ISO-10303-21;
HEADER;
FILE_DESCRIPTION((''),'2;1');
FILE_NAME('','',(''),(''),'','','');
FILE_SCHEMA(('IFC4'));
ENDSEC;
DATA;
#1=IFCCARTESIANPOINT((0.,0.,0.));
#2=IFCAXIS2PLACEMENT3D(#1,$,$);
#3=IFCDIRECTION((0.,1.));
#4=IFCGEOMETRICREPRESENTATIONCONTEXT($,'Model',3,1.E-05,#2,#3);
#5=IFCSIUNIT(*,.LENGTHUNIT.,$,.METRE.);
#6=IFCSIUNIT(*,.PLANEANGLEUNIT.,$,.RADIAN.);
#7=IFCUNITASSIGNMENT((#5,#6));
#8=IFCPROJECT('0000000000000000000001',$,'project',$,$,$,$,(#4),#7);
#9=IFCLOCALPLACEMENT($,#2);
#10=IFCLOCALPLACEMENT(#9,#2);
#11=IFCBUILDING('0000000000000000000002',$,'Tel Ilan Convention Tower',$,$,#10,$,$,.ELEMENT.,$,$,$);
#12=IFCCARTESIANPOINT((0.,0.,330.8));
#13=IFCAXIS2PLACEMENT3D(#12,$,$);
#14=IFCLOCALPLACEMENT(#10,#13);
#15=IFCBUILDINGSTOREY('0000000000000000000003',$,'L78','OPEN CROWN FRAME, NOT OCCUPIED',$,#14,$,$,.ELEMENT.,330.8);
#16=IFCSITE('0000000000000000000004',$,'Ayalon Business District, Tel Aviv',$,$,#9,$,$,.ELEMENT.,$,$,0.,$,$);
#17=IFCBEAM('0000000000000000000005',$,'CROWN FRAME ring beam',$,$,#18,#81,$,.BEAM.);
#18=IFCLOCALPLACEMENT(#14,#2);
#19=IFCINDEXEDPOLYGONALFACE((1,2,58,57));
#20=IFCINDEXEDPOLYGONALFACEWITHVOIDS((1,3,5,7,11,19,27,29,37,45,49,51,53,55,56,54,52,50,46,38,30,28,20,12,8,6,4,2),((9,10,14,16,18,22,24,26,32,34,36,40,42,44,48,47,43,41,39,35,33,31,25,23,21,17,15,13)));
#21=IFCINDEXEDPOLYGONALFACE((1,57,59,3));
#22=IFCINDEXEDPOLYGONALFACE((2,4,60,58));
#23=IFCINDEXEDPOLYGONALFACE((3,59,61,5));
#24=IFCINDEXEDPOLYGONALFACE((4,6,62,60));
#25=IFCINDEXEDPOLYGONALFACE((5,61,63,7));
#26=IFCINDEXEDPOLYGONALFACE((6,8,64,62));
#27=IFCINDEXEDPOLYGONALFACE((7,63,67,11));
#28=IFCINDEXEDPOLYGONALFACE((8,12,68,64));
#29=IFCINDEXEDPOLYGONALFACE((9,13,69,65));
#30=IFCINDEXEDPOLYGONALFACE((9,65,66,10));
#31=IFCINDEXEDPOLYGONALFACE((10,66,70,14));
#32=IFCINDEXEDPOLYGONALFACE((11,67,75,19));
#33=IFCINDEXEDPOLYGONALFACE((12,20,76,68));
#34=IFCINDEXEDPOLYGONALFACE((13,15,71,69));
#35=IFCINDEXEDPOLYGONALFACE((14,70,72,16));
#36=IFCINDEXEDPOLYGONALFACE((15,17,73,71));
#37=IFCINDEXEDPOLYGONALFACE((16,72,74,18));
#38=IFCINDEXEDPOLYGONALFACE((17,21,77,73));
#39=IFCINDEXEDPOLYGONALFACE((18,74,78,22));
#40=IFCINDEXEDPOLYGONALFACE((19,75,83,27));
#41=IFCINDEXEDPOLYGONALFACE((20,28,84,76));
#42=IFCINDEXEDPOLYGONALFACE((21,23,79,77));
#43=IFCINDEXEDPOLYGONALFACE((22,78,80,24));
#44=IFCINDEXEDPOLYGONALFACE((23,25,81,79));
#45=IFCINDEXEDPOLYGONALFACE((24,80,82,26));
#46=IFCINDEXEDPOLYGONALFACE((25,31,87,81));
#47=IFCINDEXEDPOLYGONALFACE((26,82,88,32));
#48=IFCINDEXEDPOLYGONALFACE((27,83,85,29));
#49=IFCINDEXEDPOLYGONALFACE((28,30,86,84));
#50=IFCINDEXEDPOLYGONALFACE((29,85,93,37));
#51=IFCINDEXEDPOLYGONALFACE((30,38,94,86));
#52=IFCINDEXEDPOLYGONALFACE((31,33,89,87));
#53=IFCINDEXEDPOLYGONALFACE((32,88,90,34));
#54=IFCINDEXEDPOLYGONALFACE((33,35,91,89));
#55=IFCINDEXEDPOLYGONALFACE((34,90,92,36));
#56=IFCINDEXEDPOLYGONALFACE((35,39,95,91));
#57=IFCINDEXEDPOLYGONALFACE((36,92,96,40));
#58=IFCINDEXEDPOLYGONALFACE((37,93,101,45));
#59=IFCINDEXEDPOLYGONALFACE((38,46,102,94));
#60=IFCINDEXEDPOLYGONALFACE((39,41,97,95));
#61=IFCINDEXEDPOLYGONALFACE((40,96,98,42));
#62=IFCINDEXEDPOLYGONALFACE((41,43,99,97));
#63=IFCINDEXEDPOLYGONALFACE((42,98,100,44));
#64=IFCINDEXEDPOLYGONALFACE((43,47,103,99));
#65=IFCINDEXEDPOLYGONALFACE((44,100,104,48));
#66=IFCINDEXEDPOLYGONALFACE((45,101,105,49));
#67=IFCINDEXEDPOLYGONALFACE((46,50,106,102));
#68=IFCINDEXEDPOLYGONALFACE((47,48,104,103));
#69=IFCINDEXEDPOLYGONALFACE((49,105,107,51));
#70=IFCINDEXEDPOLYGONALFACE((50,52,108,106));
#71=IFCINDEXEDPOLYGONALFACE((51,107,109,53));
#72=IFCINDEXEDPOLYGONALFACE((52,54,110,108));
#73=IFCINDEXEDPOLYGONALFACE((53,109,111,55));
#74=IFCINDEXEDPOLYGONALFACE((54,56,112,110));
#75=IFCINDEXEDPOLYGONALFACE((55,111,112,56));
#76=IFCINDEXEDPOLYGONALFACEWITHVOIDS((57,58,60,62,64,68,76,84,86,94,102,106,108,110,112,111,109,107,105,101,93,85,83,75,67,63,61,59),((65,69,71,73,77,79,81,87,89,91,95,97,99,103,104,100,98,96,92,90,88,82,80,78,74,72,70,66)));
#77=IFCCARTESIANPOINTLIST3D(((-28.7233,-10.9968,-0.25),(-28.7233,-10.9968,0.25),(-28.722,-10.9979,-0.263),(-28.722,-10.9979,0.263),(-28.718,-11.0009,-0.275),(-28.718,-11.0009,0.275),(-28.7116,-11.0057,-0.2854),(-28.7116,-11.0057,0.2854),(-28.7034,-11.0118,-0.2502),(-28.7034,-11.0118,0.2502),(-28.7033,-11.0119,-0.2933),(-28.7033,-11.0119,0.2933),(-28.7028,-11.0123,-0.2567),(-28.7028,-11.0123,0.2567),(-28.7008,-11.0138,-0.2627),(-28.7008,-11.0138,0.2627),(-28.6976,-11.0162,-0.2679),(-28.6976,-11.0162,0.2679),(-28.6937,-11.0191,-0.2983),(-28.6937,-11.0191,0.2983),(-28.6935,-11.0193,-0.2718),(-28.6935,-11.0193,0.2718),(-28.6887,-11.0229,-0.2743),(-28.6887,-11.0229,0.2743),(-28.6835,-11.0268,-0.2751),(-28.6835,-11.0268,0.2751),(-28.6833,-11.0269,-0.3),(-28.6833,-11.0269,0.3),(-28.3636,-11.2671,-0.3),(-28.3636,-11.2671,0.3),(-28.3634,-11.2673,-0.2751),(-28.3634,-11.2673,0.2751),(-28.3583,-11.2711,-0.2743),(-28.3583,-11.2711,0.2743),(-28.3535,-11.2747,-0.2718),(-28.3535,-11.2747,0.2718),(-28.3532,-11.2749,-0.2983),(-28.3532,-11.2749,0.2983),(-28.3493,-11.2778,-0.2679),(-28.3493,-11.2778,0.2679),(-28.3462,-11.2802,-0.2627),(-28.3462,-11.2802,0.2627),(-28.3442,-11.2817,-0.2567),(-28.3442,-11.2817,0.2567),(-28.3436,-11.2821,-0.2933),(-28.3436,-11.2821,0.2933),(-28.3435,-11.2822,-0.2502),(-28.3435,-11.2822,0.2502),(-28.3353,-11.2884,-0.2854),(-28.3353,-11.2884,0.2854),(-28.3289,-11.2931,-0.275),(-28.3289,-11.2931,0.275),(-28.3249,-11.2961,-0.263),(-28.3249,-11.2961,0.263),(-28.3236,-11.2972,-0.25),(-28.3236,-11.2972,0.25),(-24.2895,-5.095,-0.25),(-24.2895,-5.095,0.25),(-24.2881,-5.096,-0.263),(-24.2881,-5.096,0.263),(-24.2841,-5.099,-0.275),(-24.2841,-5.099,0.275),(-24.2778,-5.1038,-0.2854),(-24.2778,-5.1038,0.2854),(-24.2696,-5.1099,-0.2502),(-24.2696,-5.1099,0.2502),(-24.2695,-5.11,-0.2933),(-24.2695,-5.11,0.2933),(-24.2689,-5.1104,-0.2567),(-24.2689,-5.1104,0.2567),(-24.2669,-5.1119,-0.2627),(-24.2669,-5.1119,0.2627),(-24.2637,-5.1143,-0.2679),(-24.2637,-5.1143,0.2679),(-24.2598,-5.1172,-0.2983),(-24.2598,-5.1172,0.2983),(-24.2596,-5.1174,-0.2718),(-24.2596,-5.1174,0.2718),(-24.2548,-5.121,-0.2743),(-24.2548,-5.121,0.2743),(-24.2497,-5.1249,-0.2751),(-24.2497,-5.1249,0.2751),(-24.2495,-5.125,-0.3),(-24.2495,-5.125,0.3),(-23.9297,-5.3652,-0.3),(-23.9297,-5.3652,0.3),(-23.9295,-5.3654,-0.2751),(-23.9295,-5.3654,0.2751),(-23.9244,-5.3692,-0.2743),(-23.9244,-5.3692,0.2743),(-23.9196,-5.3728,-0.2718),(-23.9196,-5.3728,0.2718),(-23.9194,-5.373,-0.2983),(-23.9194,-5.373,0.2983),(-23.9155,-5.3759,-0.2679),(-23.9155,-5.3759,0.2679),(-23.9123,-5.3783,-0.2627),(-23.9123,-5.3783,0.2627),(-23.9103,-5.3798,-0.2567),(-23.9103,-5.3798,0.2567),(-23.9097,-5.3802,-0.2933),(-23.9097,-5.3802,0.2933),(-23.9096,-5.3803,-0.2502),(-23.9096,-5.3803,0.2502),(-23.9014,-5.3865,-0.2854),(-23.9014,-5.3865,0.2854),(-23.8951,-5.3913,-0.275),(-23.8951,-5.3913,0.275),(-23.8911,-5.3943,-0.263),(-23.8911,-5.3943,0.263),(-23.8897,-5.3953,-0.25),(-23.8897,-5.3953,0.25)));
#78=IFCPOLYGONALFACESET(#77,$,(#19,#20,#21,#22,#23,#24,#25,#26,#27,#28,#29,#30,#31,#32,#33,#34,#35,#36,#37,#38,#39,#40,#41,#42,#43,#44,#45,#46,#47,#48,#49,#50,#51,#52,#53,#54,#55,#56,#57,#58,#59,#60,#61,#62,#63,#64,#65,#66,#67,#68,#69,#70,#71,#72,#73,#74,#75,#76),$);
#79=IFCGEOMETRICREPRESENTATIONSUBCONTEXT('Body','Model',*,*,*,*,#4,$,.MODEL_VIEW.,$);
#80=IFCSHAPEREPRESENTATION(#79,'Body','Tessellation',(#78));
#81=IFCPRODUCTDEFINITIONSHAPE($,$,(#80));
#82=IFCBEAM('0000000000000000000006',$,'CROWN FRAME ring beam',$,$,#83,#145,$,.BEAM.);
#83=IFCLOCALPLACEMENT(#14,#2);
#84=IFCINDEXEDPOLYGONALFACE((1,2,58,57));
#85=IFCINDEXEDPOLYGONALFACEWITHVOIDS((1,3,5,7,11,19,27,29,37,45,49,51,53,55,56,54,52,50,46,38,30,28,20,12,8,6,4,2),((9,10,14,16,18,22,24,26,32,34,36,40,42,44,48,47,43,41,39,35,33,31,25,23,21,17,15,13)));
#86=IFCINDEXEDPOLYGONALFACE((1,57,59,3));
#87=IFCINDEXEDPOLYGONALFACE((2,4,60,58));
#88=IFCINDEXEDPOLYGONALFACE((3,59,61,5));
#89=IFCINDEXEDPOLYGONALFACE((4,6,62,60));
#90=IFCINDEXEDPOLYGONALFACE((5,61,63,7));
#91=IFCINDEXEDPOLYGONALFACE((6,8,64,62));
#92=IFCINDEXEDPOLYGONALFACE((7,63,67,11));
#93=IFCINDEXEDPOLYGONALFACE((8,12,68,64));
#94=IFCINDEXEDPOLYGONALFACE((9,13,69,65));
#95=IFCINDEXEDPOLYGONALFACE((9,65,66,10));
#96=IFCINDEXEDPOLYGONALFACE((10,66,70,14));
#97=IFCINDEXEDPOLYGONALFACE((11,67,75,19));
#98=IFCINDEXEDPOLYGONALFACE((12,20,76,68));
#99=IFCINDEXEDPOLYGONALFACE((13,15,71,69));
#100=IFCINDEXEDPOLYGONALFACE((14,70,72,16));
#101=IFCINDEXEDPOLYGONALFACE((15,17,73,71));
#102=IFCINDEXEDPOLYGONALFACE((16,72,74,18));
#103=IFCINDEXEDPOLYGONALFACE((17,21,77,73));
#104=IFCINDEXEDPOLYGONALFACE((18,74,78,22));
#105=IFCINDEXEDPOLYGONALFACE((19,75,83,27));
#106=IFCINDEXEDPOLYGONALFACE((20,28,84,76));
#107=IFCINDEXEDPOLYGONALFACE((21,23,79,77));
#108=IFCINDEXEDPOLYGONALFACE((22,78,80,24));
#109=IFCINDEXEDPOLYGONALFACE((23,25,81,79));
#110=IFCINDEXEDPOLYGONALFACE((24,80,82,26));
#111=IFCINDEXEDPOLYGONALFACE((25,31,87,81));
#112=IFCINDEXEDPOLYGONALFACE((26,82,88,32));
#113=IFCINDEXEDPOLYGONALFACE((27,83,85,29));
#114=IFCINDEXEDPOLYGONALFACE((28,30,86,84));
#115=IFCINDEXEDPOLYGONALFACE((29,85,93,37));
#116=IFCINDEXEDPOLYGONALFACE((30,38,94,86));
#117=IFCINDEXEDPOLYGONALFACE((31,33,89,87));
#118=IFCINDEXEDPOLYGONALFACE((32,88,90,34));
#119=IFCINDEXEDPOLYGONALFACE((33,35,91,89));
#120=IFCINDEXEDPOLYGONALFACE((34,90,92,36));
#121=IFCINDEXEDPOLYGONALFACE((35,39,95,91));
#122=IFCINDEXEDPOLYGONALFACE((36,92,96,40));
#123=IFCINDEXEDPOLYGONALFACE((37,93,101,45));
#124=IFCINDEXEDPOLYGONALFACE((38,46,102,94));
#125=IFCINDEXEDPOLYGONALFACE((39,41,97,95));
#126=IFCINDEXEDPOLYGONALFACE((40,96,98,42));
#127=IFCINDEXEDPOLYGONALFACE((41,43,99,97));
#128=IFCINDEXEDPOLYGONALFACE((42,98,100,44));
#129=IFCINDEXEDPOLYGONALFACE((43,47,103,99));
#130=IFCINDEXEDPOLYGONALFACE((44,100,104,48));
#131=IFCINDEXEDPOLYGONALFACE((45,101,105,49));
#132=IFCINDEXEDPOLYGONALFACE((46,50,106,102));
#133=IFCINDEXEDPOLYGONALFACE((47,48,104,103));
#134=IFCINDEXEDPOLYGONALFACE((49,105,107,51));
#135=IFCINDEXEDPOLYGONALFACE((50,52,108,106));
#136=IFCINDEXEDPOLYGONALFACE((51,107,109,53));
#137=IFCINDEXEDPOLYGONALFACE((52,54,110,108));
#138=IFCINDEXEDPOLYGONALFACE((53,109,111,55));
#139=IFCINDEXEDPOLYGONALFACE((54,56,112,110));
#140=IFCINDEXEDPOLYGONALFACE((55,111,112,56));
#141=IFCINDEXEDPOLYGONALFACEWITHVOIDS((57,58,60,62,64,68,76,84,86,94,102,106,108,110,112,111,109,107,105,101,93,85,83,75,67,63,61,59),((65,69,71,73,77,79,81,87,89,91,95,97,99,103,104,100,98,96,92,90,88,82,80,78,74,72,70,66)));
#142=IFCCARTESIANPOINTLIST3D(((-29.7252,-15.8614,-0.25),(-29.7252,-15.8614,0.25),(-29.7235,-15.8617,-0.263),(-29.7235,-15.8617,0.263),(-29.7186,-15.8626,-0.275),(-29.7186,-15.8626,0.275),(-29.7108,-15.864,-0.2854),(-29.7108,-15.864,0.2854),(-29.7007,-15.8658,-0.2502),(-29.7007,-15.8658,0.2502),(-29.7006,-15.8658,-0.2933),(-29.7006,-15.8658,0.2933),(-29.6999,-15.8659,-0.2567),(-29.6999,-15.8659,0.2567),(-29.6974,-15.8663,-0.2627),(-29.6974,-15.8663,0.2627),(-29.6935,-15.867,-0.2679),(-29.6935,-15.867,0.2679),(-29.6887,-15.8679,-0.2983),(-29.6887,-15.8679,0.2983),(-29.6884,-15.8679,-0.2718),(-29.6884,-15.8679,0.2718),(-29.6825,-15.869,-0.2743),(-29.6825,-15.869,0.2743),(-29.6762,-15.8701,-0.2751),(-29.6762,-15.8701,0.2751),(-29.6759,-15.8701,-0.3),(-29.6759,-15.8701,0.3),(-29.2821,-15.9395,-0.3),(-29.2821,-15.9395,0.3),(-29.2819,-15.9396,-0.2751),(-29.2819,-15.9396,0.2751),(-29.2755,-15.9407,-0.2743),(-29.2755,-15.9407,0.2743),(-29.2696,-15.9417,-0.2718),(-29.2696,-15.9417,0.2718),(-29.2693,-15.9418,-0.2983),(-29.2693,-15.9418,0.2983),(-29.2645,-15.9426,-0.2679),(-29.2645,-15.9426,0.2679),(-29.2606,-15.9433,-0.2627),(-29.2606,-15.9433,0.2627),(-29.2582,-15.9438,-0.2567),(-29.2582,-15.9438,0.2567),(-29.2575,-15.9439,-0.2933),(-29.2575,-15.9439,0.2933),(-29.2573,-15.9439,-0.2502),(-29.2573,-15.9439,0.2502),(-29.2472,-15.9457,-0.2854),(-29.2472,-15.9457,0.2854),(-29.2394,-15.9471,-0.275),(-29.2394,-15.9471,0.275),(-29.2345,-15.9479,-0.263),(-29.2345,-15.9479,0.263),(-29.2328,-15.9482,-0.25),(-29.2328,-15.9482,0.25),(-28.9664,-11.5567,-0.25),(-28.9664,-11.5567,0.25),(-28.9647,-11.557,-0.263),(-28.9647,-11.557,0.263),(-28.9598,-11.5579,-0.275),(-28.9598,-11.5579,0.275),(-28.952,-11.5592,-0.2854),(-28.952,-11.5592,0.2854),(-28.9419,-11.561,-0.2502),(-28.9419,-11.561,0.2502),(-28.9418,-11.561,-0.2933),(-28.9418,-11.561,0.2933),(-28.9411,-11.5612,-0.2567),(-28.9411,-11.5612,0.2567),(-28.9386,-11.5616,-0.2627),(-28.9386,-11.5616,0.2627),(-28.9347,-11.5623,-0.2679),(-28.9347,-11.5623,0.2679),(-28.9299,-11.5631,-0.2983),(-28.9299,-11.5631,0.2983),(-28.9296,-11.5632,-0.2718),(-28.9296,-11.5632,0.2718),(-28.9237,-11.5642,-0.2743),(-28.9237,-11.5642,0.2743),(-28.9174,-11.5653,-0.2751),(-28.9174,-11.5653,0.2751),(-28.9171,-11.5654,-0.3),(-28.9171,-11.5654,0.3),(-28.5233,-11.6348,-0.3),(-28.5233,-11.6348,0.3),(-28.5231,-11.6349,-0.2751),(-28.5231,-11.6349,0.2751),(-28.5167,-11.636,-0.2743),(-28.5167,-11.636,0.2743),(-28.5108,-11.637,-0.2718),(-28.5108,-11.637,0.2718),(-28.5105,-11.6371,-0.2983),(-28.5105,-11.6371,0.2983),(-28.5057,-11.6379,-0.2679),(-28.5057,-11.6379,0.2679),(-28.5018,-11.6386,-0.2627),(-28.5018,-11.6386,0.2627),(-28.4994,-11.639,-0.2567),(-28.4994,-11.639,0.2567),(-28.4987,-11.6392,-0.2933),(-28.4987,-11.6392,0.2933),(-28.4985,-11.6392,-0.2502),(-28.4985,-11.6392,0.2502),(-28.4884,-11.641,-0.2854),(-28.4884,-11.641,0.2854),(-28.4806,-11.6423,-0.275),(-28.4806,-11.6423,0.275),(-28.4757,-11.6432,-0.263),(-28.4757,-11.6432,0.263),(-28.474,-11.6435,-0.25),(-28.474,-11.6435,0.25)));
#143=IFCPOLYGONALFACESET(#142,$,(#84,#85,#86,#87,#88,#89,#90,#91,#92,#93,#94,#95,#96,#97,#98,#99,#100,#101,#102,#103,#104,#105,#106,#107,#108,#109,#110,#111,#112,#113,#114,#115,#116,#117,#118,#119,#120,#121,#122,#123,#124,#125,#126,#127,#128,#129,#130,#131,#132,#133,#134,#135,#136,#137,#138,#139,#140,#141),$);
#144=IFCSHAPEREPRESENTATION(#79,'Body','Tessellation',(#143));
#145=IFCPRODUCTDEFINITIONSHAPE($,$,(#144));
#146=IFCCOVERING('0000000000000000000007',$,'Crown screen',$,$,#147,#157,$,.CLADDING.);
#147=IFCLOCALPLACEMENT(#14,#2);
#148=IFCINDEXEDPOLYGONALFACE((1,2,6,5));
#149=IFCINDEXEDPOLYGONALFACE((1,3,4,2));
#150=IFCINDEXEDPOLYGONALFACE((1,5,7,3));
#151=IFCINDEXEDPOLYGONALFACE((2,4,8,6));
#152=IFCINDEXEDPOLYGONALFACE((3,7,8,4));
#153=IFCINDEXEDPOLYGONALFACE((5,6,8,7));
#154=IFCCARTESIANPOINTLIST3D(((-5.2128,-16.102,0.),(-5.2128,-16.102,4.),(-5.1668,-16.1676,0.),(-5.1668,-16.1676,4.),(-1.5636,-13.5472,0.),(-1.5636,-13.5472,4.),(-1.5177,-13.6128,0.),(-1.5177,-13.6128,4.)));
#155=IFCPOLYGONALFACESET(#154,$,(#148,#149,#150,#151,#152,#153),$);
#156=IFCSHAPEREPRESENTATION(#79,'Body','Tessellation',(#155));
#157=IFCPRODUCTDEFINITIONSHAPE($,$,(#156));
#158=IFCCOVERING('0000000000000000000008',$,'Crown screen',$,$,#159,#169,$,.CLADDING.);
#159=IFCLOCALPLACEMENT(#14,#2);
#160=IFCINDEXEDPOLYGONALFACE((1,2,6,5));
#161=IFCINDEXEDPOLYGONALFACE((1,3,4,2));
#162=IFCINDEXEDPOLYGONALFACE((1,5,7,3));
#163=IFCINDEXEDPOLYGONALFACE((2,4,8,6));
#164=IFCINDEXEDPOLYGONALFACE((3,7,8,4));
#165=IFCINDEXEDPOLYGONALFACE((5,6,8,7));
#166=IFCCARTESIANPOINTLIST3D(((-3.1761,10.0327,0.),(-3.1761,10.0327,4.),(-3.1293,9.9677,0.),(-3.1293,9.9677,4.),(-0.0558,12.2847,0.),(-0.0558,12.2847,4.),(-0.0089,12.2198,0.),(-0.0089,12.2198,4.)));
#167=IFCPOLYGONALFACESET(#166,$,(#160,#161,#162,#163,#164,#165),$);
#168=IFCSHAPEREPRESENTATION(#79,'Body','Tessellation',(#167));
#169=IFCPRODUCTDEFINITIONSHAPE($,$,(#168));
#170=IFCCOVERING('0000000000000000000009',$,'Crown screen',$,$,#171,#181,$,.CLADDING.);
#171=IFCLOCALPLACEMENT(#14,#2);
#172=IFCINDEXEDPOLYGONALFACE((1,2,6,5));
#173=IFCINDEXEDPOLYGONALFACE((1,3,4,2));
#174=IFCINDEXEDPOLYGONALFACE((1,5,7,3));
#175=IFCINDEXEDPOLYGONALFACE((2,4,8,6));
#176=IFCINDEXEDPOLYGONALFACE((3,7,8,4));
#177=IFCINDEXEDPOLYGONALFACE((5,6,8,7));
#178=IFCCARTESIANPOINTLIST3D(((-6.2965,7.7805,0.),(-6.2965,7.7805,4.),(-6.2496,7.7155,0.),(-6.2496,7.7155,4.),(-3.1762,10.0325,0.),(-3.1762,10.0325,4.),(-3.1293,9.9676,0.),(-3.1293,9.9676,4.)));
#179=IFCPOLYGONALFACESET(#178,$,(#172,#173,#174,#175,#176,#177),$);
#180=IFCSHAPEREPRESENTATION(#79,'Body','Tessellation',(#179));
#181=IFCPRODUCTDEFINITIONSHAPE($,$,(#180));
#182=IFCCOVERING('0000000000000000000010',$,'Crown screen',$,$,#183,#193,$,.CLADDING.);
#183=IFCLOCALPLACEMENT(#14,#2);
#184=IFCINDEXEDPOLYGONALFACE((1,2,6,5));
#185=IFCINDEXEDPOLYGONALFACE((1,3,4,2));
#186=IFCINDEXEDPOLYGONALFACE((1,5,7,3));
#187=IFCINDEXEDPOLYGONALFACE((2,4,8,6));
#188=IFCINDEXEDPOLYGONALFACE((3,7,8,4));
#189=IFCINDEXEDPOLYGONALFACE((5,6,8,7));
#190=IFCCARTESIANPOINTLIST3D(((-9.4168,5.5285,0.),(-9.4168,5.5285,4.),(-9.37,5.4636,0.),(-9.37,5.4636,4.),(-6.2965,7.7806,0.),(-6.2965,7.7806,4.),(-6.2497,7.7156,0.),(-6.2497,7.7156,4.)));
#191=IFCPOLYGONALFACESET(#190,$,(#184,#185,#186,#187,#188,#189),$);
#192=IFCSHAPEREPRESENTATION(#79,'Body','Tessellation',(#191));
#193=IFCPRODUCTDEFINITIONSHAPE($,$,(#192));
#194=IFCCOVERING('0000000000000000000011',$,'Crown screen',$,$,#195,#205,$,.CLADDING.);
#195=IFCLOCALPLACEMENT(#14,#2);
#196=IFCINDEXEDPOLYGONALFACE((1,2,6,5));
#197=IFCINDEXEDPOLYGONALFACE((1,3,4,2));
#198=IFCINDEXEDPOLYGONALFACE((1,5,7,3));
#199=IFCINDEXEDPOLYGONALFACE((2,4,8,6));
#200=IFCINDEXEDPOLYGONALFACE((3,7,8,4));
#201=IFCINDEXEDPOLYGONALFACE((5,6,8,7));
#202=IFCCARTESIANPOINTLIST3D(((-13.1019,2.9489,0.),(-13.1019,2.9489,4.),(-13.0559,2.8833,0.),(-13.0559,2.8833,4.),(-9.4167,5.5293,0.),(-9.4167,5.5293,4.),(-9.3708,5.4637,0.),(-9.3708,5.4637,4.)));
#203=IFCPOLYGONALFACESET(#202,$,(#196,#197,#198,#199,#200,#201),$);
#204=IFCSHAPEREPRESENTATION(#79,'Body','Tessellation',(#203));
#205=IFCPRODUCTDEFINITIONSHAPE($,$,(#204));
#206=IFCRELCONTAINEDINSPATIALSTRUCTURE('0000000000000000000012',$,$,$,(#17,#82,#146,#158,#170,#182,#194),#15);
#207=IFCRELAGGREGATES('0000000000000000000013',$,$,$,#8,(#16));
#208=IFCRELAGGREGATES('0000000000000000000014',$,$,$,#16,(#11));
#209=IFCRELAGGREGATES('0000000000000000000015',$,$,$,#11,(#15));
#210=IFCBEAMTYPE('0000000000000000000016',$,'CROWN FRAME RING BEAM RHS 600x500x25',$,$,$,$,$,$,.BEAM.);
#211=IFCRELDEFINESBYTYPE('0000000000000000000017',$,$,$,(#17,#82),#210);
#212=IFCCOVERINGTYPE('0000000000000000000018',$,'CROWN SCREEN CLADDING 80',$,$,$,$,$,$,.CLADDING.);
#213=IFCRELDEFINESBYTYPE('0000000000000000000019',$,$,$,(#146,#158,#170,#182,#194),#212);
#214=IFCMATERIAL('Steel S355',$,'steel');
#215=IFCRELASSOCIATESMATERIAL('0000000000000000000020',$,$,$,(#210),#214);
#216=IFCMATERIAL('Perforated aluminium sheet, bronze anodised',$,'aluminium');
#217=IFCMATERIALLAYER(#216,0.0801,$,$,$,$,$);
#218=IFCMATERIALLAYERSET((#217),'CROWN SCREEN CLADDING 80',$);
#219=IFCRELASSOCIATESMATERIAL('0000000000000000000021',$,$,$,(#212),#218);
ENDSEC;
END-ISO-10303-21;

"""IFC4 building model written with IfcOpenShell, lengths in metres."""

from ifc_helpers import new_model, si_unit, direction, frame, origin, origin_2d, place, context, subcontext, project, spatial, rectangle, hollow_rectangle, extrude, material, layer, layer_set, material_profile, profile_set, type_object, element, save


model = new_model("IFC4")

# Units and contexts
model_context = context("Model", 3, precision=1e-05, world=origin(), true_north=direction((0.0, 1.0)))
body_context = subcontext(model_context, "Body", "Model", "MODEL_VIEW")
ifc_project = project(units=[si_unit("LENGTHUNIT", "METRE"), si_unit("PLANEANGLEUNIT", "RADIAN")], contexts=[model_context])

# Site, building, storey
site_placement = place(None, origin())
site = spatial("IfcSite", under=ifc_project, at=site_placement, Name="Ayalon Business District, Tel Aviv", CompositionType="ELEMENT", RefElevation=0.0)
building_placement = place(site_placement, origin())
building = spatial("IfcBuilding", under=site, at=building_placement, Name="Tel Ilan Convention Tower", CompositionType="ELEMENT")
storey_placement = place(building_placement, frame((0.0, 0.0, 330.8)))
storey = spatial("IfcBuildingStorey", under=building, at=storey_placement, Name="L78", Description="OPEN CROWN FRAME, NOT OCCUPIED", CompositionType="ELEMENT", Elevation=330.8)

# Beams
ifc_material_1 = material(Name="Steel S355", Category="steel")
ifc_material_profile_1 = material_profile(ifc_material_1, hollow_rectangle(XDim=0.5, YDim=0.6001, WallThickness=0.0249, InnerFilletRadius=0.0249, OuterFilletRadius=0.05, at=origin_2d()), Name="RHS 600x500x25")
ifc_profile_set_1 = profile_set([ifc_material_profile_1], Name="Steel S355")
beam_type = type_object("IfcBeamType", Name="CROWN FRAME RING BEAM RHS 600x500x25", PredefinedType="BEAM", material=ifc_profile_set_1)
beam_1_placement = place(storey_placement, frame((-24.0896, -5.2451, 0.0), z_axis=(-0.600645, -0.799516, 0.0), x_axis=(0.799516, -0.600645, 0.0)))
element("IfcBeam", 1, at=beam_1_placement, inside=storey, type_object=beam_type, Name="CROWN FRAME ring beam", PredefinedType="BEAM", context=body_context, shape_type="SweptSolid", body=[
    extrude(hollow_rectangle(XDim=0.5, YDim=0.6001, WallThickness=0.0249, InnerFilletRadius=0.0249, OuterFilletRadius=0.05, at=origin_2d()), origin(), (0.0, 0.0, 1.0), 7.3818),
])
beam_2_placement = place(storey_placement, frame((-28.7202, -11.6001, 0.0), z_axis=(-0.173594, -0.984817, 0.0), x_axis=(0.984817, -0.173594, 0.0)))
element("IfcBeam", 2, at=beam_2_placement, inside=storey, type_object=beam_type, Name="CROWN FRAME ring beam", PredefinedType="BEAM", context=body_context, shape_type="SweptSolid", body=[
    extrude(hollow_rectangle(XDim=0.5, YDim=0.6001, WallThickness=0.0249, InnerFilletRadius=0.0249, OuterFilletRadius=0.05, at=origin_2d()), origin(), (0.0, 0.0, 1.0), 4.3711),
])

# Coverings
ifc_material_2 = material(Name="Perforated aluminium sheet, bronze anodised", Category="aluminium")
ifc_layer = layer(ifc_material_2, 0.0801)
ifc_layer_set = layer_set([ifc_layer], Name="CROWN SCREEN CLADDING 80")
covering_type = type_object("IfcCoveringType", Name="CROWN SCREEN CLADDING 80", PredefinedType="CLADDING", material=ifc_layer_set)
covering_placement = place(storey_placement, frame((-3.3652, -14.8574, 0.0), z_axis=(0.0, 0.0, 1.0), x_axis=(0.819185, 0.573529, 0.0)))
element("IfcCovering", 3, at=covering_placement, inside=storey, type_object=covering_type, Name="Crown screen", PredefinedType="CLADDING", context=body_context, shape_type="SweptSolid", body=[
    extrude(rectangle(XDim=4.4546, YDim=0.0801, at=origin_2d()), origin(), (0.0, 0.0, 1.0), 4.0),
])
for number, where, z_axis, x_axis, name in (
    (4, (-1.5925, 11.1262, 0.0), (0.0, 0.0, 1.0), (-0.810863, -0.585236, 0.0), "Crown screen"),
    (5, (-4.7129, 8.874, 0.0), (0.0, 0.0, 1.0), (-0.810863, -0.585236, 0.0), "Crown screen"),
    (6, (-7.8333, 6.6221, 0.0), (0.0, 0.0, 1.0), (-0.810863, -0.585236, 0.0), "Crown screen"),
):
    element("IfcCovering", number, at=place(storey_placement, frame(where, z_axis=z_axis, x_axis=x_axis)), inside=storey, type_object=covering_type, Name=name, PredefinedType="CLADDING", context=body_context, shape_type="SweptSolid", body=[
        extrude(rectangle(XDim=3.8481, YDim=0.0801, at=origin_2d()), origin(), (0.0, 0.0, 1.0), 4.0),
    ])
for number, where, z_axis, x_axis, name in (
    (7, (-11.2363, 4.2063, 0.0), (0.0, 0.0, 1.0), (-0.819148, -0.573582, 0.0), "Crown screen"),
):
    element("IfcCovering", number, at=place(storey_placement, frame(where, z_axis=z_axis, x_axis=x_axis)), inside=storey, type_object=covering_type, Name=name, PredefinedType="CLADDING", context=body_context, shape_type="SweptSolid", body=[
        extrude(rectangle(XDim=4.4988, YDim=0.0801, at=origin_2d()), origin(), (0.0, 0.0, 1.0), 4.0),
    ])

save(model, "model.ifc")
